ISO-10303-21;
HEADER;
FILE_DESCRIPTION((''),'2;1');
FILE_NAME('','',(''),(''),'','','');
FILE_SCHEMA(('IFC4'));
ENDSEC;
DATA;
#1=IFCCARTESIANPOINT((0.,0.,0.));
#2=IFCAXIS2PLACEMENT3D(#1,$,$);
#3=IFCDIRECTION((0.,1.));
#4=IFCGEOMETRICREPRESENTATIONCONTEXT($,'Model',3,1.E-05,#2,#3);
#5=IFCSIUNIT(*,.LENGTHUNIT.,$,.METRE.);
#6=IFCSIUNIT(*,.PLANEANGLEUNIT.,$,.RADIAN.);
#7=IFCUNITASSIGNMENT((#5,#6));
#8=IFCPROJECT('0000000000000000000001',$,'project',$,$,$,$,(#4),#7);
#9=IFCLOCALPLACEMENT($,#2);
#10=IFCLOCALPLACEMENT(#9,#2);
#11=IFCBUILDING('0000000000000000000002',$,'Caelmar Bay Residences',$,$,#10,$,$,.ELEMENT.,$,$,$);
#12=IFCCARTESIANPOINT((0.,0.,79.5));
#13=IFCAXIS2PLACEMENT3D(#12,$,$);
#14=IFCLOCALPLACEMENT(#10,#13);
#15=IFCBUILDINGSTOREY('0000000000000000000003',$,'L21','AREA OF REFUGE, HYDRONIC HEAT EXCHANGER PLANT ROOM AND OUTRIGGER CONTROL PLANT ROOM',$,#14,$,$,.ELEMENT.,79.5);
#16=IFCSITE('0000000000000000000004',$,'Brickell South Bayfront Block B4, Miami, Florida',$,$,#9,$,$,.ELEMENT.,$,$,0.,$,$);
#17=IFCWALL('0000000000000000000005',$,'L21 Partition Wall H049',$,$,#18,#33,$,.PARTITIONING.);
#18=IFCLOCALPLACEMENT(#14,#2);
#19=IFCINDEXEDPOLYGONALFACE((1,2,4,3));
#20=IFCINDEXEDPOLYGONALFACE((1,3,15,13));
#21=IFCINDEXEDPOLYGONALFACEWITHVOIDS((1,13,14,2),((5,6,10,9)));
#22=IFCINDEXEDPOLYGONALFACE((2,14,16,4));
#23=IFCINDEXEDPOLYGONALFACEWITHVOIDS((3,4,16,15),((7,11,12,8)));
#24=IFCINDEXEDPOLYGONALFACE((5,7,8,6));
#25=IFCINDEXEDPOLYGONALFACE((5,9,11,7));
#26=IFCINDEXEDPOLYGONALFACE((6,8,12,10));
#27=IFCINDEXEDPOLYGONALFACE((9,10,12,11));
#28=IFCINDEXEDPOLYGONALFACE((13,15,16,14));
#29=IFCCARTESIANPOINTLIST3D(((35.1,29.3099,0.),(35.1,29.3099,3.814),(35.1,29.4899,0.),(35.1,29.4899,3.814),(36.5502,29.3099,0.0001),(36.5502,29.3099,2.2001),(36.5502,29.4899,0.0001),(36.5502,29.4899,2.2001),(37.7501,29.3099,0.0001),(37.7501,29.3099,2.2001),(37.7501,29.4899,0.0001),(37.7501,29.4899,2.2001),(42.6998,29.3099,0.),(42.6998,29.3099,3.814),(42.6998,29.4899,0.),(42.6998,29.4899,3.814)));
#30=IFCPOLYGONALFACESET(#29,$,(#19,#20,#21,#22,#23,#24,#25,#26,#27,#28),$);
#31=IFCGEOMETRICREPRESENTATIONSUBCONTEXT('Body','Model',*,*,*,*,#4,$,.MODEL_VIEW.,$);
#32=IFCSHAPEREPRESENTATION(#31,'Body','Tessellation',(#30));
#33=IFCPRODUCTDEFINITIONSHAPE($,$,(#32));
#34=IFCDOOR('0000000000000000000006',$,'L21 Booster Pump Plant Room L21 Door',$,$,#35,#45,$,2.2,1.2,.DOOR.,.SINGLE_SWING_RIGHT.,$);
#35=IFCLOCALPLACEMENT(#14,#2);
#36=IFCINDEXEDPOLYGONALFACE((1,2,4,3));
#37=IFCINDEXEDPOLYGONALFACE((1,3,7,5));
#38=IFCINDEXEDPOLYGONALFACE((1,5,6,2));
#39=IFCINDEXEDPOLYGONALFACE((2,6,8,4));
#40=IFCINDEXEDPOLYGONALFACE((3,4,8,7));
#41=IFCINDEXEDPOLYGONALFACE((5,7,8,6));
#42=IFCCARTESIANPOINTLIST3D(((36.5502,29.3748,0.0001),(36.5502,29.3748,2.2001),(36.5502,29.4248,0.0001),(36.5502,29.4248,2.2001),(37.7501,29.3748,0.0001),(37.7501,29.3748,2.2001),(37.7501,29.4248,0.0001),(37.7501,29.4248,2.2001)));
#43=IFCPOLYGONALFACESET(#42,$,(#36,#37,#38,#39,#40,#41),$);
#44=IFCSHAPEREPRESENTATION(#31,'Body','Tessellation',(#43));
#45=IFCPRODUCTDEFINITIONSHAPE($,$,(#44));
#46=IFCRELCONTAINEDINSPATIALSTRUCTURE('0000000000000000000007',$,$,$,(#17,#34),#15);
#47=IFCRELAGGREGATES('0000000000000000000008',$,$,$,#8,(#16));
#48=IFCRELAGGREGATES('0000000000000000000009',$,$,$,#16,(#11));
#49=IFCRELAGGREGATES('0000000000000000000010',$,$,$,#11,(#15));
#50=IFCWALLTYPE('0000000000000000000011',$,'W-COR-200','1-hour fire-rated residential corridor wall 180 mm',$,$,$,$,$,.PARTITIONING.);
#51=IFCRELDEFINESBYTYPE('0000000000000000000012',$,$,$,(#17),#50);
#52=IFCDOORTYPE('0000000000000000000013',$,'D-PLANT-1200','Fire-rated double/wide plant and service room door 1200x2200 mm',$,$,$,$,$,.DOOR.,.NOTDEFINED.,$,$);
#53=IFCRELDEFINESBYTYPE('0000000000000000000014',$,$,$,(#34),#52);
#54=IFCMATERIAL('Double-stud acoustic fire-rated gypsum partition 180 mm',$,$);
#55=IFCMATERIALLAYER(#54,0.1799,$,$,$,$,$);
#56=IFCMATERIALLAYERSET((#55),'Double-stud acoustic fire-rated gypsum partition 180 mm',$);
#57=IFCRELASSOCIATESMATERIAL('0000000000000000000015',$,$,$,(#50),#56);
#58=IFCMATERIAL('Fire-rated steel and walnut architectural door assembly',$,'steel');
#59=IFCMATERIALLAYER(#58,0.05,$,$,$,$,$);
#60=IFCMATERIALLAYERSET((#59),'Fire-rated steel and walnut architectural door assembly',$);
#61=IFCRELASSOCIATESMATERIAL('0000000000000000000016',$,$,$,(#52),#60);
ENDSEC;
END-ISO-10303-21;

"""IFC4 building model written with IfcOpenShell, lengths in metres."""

from ifc_helpers import new_model, si_unit, direction, frame, frame_2d, origin, place, context, subcontext, project, spatial, rectangle, extrude, material, layer, layer_set, type_object, element, fill, save


model = new_model("IFC4")

# Units and contexts
model_context = context("Model", 3, precision=1e-05, world=origin(), true_north=direction((0.0, 1.0)))
body_context = subcontext(model_context, "Body", "Model", "MODEL_VIEW")
ifc_project = project(units=[si_unit("LENGTHUNIT", "METRE"), si_unit("PLANEANGLEUNIT", "RADIAN")], contexts=[model_context])

# Site, building, storey
site_placement = place(None, origin())
site = spatial("IfcSite", under=ifc_project, at=site_placement, Name="Brickell South Bayfront Block B4, Miami, Florida", CompositionType="ELEMENT", RefElevation=0.0)
building_placement = place(site_placement, origin())
building = spatial("IfcBuilding", under=site, at=building_placement, Name="Caelmar Bay Residences", CompositionType="ELEMENT")
storey_placement = place(building_placement, frame((0.0, 0.0, 79.5)))
storey = spatial("IfcBuildingStorey", under=building, at=storey_placement, Name="L21", Description="AREA OF REFUGE, HYDRONIC HEAT EXCHANGER PLANT ROOM AND OUTRIGGER CONTROL PLANT ROOM", CompositionType="ELEMENT", Elevation=79.5)

# Wall, opening, door
ifc_material_1 = material(Name="Double-stud acoustic fire-rated gypsum partition 180 mm")
ifc_layer_1 = layer(ifc_material_1, 0.1799)
ifc_layer_set_1 = layer_set([ifc_layer_1], Name="Double-stud acoustic fire-rated gypsum partition 180 mm")
wall_type_1 = type_object("IfcWallType", Name="W-COR-200", Description="1-hour fire-rated residential corridor wall 180 mm", PredefinedType="PARTITIONING", material=ifc_layer_set_1)
wall_1_placement = place(storey_placement, frame((35.1001, 29.3999, 0.0), z_axis=(0.0, 0.0, 1.0), x_axis=(1.0, 0.0, 0.0)))
wall_1 = element("IfcWall", 1, at=wall_1_placement, inside=storey, type_object=wall_type_1, Name="L21 Partition Wall H049", PredefinedType="PARTITIONING", context=body_context, shape_type="SweptSolid", body=[
    extrude(rectangle(XDim=7.5999, YDim=0.1799, at=frame_2d((3.7998, 0.0))), origin(), (0.0, 0.0, 1.0), 3.814),
])
opening_placement = place(wall_1_placement, frame((1.45, 0.0, 0.0)))
opening = element("IfcOpeningElement", 2, at=opening_placement, cuts=wall_1, PredefinedType="OPENING", context=body_context, shape_type="SweptSolid", body=[
    extrude(rectangle(XDim=1.2, YDim=2.2, at=frame_2d((0.6001, 1.1001))), frame((0.0, 0.0999, 0.0), z_axis=(0.0, -1.0, 0.0), x_axis=(1.0, 0.0, 0.0)), (0.0, 0.0, 1.0), 0.2),
])
ifc_material_2 = material(Name="Fire-rated steel and walnut architectural door assembly", Category="steel")
ifc_layer_2 = layer(ifc_material_2, 0.05)
ifc_layer_set_2 = layer_set([ifc_layer_2], Name="Fire-rated steel and walnut architectural door assembly")
door_type = type_object("IfcDoorType", Name="D-PLANT-1200", Description="Fire-rated double/wide plant and service room door 1200x2200 mm", OperationType="NOTDEFINED", PredefinedType="DOOR", material=ifc_layer_set_2)
door_placement = place(opening_placement, origin())
door = element("IfcDoor", 3, at=door_placement, inside=storey, type_object=door_type, Name="L21 Booster Pump Plant Room L21 Door", OperationType="SINGLE_SWING_RIGHT", OverallHeight=2.2, OverallWidth=1.2, PredefinedType="DOOR", context=body_context, shape_type="SweptSolid", body=[
    extrude(rectangle(XDim=1.2, YDim=2.2, at=frame_2d((0.6001, 1.1001))), frame((0.0, 0.0249, 0.0), z_axis=(0.0, -1.0, 0.0), x_axis=(1.0, 0.0, 0.0)), (0.0, 0.0, 1.0), 0.05),
])
fill(opening, door)

save(model, "model.ifc")
